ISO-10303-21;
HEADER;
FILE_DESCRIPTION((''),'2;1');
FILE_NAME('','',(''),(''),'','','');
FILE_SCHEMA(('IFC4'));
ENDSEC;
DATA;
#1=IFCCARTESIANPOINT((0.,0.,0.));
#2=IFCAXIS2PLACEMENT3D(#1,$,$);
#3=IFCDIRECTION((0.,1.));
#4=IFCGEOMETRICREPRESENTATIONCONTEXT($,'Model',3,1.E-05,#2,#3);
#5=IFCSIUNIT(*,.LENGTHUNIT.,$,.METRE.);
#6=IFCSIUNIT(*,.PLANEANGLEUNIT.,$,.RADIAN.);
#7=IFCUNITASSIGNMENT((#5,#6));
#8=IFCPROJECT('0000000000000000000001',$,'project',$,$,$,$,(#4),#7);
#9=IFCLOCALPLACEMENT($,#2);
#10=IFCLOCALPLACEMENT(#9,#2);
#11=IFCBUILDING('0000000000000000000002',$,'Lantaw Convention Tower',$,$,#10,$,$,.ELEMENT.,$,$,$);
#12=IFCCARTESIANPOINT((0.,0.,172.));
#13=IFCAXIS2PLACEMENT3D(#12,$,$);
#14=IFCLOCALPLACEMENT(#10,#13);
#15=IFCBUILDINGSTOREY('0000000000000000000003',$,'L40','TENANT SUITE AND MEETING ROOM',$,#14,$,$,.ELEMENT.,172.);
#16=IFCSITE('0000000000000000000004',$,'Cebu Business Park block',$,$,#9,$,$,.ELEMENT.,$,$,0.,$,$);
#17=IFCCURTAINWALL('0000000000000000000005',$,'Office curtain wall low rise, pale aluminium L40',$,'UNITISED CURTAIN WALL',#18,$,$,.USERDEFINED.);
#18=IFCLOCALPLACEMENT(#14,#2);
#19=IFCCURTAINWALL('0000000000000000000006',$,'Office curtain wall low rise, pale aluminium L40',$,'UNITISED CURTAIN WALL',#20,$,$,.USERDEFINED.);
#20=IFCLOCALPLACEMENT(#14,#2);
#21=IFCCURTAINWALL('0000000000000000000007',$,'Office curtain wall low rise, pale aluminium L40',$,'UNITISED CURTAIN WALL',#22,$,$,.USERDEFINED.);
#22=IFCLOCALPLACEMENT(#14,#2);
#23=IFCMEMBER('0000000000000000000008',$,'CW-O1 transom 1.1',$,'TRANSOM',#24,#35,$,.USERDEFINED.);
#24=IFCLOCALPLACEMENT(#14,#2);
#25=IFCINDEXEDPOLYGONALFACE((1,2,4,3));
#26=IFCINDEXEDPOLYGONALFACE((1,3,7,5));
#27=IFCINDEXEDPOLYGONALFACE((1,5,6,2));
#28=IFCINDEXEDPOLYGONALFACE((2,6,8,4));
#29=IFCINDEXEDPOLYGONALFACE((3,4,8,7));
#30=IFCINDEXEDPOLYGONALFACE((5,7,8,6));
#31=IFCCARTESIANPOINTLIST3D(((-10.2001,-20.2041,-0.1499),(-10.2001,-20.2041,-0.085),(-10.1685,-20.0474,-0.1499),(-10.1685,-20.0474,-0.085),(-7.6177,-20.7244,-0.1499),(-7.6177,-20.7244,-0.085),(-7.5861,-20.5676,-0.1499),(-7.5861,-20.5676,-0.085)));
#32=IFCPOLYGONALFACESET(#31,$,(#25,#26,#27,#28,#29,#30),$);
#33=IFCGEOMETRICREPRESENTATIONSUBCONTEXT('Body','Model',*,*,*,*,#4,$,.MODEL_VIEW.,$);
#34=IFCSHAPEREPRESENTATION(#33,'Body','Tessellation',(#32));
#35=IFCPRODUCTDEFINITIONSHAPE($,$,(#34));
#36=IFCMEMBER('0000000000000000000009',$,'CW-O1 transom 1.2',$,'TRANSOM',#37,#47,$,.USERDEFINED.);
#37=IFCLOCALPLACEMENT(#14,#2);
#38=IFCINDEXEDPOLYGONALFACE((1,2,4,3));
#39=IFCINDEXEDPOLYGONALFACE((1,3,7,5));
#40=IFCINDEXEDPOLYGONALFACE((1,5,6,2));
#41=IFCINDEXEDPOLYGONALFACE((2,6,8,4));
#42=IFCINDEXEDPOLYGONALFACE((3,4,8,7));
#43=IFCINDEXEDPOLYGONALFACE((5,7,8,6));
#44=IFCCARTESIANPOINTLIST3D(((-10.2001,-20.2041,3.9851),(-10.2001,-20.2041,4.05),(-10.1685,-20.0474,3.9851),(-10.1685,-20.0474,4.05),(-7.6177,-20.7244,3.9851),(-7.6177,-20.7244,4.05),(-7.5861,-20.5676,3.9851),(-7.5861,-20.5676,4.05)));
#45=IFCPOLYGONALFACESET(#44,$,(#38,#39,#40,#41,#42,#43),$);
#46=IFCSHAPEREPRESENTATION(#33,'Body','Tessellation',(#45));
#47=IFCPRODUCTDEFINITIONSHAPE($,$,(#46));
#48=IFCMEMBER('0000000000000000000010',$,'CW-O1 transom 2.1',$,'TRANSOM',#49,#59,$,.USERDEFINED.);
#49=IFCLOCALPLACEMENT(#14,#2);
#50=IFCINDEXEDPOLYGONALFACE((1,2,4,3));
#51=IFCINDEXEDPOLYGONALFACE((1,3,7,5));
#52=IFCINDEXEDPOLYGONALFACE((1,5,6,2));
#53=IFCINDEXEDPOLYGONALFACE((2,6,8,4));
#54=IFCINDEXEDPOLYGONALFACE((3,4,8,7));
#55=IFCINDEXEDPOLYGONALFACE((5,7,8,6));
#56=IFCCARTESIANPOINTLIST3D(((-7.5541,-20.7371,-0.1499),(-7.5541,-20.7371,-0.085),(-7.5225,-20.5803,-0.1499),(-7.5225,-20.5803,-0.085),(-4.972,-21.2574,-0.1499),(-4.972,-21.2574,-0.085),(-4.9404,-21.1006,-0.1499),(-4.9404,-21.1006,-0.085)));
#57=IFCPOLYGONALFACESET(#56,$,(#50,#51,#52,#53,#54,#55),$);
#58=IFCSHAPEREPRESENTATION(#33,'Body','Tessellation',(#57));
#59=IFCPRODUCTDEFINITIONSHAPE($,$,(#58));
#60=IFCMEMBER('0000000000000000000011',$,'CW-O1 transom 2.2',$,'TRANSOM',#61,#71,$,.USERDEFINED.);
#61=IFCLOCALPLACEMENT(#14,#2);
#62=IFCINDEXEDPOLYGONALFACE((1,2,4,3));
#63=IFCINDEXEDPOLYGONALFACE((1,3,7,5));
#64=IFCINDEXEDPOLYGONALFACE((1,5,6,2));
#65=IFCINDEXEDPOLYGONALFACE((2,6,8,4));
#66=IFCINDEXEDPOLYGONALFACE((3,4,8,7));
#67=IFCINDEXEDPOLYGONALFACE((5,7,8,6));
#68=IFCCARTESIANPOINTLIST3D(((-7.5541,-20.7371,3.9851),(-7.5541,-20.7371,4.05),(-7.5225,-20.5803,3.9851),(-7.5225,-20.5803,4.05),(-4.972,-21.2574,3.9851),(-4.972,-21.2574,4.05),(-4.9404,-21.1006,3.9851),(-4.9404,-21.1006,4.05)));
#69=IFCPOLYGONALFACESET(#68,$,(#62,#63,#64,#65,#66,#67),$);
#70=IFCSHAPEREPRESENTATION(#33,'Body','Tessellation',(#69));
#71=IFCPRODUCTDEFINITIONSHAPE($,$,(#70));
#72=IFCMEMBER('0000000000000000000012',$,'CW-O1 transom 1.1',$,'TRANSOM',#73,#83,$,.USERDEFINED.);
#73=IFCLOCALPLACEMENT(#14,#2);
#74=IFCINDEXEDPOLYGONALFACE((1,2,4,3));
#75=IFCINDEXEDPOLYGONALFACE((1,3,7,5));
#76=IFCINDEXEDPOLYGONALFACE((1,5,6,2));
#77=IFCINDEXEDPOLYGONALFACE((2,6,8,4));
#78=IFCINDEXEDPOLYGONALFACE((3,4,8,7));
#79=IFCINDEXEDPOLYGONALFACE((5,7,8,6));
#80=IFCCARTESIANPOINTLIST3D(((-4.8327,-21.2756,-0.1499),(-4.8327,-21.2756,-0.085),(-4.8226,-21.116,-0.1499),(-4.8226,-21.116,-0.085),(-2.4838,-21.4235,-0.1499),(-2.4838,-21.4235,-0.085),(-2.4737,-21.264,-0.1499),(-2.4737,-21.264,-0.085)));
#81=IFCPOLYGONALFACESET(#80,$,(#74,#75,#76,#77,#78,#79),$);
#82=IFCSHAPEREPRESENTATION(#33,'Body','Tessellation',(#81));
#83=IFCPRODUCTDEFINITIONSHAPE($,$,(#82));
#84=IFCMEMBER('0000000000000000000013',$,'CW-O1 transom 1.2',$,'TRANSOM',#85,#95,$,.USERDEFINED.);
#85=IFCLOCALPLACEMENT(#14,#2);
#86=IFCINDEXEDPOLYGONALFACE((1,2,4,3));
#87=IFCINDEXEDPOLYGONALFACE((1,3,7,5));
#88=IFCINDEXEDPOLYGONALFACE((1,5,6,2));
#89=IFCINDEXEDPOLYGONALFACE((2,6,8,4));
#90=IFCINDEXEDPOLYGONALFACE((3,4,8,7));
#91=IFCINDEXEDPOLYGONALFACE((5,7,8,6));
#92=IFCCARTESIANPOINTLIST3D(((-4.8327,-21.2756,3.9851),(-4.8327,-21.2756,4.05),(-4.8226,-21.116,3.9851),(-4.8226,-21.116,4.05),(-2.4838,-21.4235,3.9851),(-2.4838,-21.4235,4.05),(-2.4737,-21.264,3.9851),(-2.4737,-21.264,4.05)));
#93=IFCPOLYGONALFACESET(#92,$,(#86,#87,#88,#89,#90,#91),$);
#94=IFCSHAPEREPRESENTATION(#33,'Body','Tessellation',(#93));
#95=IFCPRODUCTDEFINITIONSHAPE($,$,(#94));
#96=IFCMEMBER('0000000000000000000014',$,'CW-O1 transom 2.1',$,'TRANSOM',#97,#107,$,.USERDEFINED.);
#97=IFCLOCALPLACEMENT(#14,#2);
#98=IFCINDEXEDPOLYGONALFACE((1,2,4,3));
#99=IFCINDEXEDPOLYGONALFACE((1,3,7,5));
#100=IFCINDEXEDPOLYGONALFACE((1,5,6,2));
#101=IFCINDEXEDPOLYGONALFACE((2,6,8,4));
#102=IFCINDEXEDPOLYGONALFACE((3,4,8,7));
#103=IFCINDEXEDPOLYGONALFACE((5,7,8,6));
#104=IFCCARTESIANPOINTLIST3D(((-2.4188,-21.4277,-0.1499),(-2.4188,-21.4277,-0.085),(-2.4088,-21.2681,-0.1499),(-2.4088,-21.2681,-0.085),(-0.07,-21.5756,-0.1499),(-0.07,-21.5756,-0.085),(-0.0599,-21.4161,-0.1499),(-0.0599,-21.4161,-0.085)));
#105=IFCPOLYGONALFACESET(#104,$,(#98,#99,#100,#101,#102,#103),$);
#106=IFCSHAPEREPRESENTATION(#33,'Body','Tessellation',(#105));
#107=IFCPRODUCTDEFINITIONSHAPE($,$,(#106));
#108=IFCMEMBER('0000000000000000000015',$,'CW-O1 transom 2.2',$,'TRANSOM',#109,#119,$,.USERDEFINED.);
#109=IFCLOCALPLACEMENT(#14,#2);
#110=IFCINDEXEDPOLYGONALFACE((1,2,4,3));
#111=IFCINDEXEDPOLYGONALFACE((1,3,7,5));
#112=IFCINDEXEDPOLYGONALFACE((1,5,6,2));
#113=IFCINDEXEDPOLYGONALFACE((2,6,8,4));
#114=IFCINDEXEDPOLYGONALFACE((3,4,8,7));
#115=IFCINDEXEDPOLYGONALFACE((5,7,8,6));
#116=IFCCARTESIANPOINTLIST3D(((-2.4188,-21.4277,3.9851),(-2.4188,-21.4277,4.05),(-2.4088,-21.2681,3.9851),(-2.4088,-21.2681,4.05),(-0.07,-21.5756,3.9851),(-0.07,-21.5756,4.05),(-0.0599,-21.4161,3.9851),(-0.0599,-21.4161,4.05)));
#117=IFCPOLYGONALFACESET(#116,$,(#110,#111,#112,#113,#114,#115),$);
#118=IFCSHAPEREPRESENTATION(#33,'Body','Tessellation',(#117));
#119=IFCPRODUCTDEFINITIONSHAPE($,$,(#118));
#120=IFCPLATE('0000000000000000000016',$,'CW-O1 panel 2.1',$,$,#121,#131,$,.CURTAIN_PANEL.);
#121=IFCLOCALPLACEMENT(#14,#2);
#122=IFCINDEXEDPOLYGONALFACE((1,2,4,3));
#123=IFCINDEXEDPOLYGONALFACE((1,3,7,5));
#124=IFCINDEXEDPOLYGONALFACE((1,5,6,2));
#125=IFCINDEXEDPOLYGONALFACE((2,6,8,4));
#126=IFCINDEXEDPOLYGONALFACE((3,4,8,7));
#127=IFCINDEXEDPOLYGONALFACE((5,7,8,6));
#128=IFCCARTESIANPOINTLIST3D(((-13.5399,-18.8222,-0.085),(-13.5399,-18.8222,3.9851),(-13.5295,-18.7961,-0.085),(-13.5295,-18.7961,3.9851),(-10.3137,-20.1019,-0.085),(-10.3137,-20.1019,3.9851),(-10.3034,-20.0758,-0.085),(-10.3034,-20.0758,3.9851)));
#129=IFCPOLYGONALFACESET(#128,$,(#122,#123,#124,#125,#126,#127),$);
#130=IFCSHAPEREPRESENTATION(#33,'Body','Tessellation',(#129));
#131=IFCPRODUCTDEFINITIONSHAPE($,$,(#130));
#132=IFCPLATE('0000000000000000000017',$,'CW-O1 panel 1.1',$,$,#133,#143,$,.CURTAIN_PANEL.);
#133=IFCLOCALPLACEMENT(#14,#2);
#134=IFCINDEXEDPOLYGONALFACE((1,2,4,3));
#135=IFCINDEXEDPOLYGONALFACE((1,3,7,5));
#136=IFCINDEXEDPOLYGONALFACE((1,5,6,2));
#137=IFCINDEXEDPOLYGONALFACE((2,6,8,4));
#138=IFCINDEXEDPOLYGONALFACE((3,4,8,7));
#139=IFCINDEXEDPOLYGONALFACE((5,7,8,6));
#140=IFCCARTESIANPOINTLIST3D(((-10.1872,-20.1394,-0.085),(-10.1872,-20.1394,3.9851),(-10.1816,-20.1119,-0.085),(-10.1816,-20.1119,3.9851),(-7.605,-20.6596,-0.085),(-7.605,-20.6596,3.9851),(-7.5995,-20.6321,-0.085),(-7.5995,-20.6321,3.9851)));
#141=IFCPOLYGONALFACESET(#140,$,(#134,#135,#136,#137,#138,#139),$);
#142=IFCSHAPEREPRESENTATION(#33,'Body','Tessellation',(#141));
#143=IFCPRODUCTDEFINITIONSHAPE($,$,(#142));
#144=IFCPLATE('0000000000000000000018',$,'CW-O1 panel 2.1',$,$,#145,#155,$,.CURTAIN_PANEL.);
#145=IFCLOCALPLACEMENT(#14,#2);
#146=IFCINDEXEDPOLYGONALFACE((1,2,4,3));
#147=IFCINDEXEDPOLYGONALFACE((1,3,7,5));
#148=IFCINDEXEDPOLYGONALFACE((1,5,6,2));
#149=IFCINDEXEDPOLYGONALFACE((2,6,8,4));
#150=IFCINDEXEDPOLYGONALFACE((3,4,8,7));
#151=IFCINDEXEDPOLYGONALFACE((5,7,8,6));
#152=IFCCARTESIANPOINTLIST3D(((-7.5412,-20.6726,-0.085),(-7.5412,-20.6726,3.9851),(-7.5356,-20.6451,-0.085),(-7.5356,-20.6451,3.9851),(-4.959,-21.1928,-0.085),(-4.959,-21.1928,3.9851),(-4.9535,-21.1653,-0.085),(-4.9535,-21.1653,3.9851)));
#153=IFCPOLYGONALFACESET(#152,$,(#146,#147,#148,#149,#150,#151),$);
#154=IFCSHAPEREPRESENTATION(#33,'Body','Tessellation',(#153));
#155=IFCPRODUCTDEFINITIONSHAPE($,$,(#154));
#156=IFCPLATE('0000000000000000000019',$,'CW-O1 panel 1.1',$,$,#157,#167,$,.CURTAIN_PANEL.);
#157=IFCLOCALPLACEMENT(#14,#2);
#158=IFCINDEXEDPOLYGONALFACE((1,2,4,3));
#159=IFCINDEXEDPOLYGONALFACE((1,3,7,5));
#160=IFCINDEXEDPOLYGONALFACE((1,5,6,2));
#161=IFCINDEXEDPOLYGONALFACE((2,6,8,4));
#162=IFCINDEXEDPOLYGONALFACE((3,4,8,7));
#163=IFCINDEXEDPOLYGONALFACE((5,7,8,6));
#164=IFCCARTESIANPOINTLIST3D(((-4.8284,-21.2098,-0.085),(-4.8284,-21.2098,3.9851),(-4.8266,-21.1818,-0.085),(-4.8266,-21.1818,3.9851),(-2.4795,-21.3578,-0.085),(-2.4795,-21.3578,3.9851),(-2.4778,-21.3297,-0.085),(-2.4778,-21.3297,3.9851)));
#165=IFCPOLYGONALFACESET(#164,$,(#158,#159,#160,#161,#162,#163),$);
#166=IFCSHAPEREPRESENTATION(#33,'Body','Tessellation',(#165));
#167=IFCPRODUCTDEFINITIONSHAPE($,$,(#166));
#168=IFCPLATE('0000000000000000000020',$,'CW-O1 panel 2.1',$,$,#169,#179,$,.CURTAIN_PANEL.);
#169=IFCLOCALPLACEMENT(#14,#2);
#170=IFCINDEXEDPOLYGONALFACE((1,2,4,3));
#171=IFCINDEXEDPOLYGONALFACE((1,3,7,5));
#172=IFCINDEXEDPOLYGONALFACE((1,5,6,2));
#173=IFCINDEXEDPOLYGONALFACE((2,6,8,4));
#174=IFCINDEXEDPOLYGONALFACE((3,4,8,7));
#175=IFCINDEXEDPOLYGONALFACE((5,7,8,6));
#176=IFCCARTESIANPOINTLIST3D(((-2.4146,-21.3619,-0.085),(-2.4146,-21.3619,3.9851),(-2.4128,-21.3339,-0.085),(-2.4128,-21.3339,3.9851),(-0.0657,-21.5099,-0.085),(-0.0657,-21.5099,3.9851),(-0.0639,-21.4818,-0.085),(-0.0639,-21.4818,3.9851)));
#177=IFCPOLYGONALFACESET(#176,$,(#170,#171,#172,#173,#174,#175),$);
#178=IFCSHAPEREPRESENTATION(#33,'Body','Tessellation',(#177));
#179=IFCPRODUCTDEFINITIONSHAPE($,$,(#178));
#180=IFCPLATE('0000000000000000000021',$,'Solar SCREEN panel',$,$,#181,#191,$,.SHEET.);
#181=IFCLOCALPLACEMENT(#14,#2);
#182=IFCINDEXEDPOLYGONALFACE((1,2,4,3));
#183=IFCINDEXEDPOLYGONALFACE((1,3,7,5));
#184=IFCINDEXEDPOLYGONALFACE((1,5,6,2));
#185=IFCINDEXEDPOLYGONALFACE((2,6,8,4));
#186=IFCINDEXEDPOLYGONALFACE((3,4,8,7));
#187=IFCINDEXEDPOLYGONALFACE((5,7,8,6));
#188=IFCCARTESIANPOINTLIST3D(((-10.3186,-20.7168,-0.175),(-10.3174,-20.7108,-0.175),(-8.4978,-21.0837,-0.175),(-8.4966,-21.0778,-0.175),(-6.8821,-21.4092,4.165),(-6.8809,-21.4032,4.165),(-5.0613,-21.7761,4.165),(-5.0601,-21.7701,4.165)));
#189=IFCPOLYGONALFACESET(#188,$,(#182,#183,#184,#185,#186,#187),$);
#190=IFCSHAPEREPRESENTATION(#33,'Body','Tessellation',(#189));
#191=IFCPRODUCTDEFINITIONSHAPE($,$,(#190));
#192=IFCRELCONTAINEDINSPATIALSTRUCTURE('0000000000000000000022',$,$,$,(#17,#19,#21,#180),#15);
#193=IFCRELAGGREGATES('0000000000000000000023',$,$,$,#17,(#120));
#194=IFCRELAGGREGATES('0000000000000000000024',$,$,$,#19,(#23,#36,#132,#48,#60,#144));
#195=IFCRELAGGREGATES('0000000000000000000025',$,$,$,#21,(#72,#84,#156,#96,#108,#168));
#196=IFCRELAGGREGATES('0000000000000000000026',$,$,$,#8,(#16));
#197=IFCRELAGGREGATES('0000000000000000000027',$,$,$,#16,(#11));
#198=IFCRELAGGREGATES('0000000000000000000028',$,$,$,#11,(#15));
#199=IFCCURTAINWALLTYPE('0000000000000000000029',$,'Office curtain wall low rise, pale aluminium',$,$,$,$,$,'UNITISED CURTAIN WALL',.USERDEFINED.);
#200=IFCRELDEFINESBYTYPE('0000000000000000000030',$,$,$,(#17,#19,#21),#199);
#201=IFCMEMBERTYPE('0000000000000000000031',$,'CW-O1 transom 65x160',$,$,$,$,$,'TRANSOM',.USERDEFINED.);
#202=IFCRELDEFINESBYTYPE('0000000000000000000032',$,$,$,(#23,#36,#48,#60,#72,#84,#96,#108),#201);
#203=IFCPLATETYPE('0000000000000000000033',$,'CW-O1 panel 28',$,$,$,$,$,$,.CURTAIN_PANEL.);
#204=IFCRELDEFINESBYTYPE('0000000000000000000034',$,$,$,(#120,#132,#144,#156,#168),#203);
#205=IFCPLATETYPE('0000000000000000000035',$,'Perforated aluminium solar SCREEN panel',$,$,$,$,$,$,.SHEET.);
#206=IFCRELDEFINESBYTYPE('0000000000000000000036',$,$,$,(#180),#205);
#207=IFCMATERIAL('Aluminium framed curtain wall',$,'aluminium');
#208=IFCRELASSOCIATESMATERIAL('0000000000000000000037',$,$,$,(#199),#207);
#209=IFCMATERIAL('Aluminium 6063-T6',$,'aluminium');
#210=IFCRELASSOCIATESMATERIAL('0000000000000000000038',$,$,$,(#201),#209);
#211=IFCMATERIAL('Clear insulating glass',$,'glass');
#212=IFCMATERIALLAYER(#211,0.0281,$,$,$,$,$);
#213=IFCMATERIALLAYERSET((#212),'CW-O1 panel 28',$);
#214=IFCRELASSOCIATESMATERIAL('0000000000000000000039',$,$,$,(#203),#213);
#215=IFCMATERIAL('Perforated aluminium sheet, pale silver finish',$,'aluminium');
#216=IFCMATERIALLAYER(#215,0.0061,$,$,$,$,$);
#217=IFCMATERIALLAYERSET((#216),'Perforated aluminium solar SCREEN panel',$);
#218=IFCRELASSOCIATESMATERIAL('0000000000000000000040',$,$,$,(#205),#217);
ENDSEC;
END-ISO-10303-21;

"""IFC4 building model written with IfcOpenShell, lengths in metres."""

from ifc_helpers import new_model, si_unit, direction, frame, origin, origin_2d, place, context, subcontext, project, spatial, polyline, rectangle, outline, extrude, material, layer, layer_set, material_profile, profile_set, type_object, element, aggregate, save


model = new_model("IFC4")

# Units and contexts
model_context = context("Model", 3, precision=1e-05, world=origin(), true_north=direction((0.0, 1.0)))
body_context = subcontext(model_context, "Body", "Model", "MODEL_VIEW")
ifc_project = project(units=[si_unit("LENGTHUNIT", "METRE"), si_unit("PLANEANGLEUNIT", "RADIAN")], contexts=[model_context])

# Site, building, storey
site_placement = place(None, origin())
site = spatial("IfcSite", under=ifc_project, at=site_placement, Name="Cebu Business Park block", CompositionType="ELEMENT", RefElevation=0.0)
building_placement = place(site_placement, origin())
building = spatial("IfcBuilding", under=site, at=building_placement, Name="Lantaw Convention Tower", CompositionType="ELEMENT")
storey_placement = place(building_placement, frame((0.0, 0.0, 172.0)))
storey = spatial("IfcBuildingStorey", under=building, at=storey_placement, Name="L40", Description="TENANT SUITE AND MEETING ROOM", CompositionType="ELEMENT", Elevation=172.0)

# Curtain wall
ifc_material_1 = material(Name="Aluminium framed curtain wall", Category="aluminium")
curtain_wall_type = type_object("IfcCurtainWallType", Name="Office curtain wall low rise, pale aluminium", ElementType="UNITISED CURTAIN WALL", PredefinedType="USERDEFINED", material=ifc_material_1)
curtain_wall_1_placement = place(storey_placement, origin())
curtain_wall_1 = element("IfcCurtainWall", 1, at=curtain_wall_1_placement, inside=storey, type_object=curtain_wall_type, Name="Office curtain wall low rise, pale aluminium L40", ObjectType="UNITISED CURTAIN WALL", PredefinedType="USERDEFINED")
ifc_material_2 = material(Name="Aluminium 6063-T6", Category="aluminium")

# Curtain walls
curtain_wall_2_placement = place(storey_placement, origin())
curtain_wall_2 = element("IfcCurtainWall", 2, at=curtain_wall_2_placement, inside=storey, type_object=curtain_wall_type, Name="Office curtain wall low rise, pale aluminium L40", ObjectType="UNITISED CURTAIN WALL", PredefinedType="USERDEFINED")
curtain_wall_3_placement = place(storey_placement, origin())
curtain_wall_3 = element("IfcCurtainWall", 3, at=curtain_wall_3_placement, inside=storey, type_object=curtain_wall_type, Name="Office curtain wall low rise, pale aluminium L40", ObjectType="UNITISED CURTAIN WALL", PredefinedType="USERDEFINED")

# Members
ifc_material_profile_1 = material_profile(ifc_material_2, rectangle(XDim=0.1599, YDim=0.0649, at=origin_2d()), Name="CW-O1 transom 65x160")
ifc_profile_set_1 = profile_set([ifc_material_profile_1], Name="Aluminium 6063-T6")
member_type_1 = type_object("IfcMemberType", Name="CW-O1 transom 65x160", ElementType="TRANSOM", PredefinedType="USERDEFINED", material=ifc_profile_set_1)
member_1_placement = place(storey_placement, frame((-10.1843, -20.1257, -0.1174), z_axis=(0.980302, -0.197506, 0.0), x_axis=(0.197506, 0.980302, 0.0)))
member_1 = element("IfcMember", 4, at=member_1_placement, type_object=member_type_1, Name="CW-O1 transom 1.1", ObjectType="TRANSOM", PredefinedType="USERDEFINED", context=body_context, shape_type="SweptSolid", body=[
    extrude(rectangle(XDim=0.1599, YDim=0.0649, at=origin_2d()), origin(), (0.0, 0.0, 1.0), 2.6343),
])
member_2_placement = place(storey_placement, frame((-10.1843, -20.1257, 4.0176), z_axis=(0.980302, -0.197506, 0.0), x_axis=(0.197506, 0.980302, 0.0)))
member_2 = element("IfcMember", 5, at=member_2_placement, type_object=member_type_1, Name="CW-O1 transom 1.2", ObjectType="TRANSOM", PredefinedType="USERDEFINED", context=body_context, shape_type="SweptSolid", body=[
    extrude(rectangle(XDim=0.1599, YDim=0.0649, at=origin_2d()), origin(), (0.0, 0.0, 1.0), 2.6343),
])
member_3_placement = place(storey_placement, frame((-7.5383, -20.6587, -0.1174), z_axis=(0.980298, -0.197524, 0.0), x_axis=(0.197524, 0.980298, 0.0)))
member_3 = element("IfcMember", 6, at=member_3_placement, type_object=member_type_1, Name="CW-O1 transom 2.1", ObjectType="TRANSOM", PredefinedType="USERDEFINED", context=body_context, shape_type="SweptSolid", body=[
    extrude(rectangle(XDim=0.1599, YDim=0.0649, at=origin_2d()), origin(), (0.0, 0.0, 1.0), 2.634),
])
member_4_placement = place(storey_placement, frame((-7.5383, -20.6587, 4.0176), z_axis=(0.980298, -0.197524, 0.0), x_axis=(0.197524, 0.980298, 0.0)))
member_4 = element("IfcMember", 7, at=member_4_placement, type_object=member_type_1, Name="CW-O1 transom 2.2", ObjectType="TRANSOM", PredefinedType="USERDEFINED", context=body_context, shape_type="SweptSolid", body=[
    extrude(rectangle(XDim=0.1599, YDim=0.0649, at=origin_2d()), origin(), (0.0, 0.0, 1.0), 2.634),
])
member_5_placement = place(storey_placement, frame((-4.8276, -21.1958, -0.1174), z_axis=(0.998022, -0.062863, 0.0), x_axis=(0.062863, 0.998022, 0.0)))
member_5 = element("IfcMember", 8, at=member_5_placement, type_object=member_type_1, Name="CW-O1 transom 1.1", ObjectType="TRANSOM", PredefinedType="USERDEFINED", context=body_context, shape_type="SweptSolid", body=[
    extrude(rectangle(XDim=0.1599, YDim=0.0649, at=origin_2d()), origin(), (0.0, 0.0, 1.0), 2.3535),
])
member_6_placement = place(storey_placement, frame((-4.8276, -21.1958, 4.0176), z_axis=(0.998022, -0.062863, 0.0), x_axis=(0.062863, 0.998022, 0.0)))
member_6 = element("IfcMember", 9, at=member_6_placement, type_object=member_type_1, Name="CW-O1 transom 1.2", ObjectType="TRANSOM", PredefinedType="USERDEFINED", context=body_context, shape_type="SweptSolid", body=[
    extrude(rectangle(XDim=0.1599, YDim=0.0649, at=origin_2d()), origin(), (0.0, 0.0, 1.0), 2.3535),
])
member_7_placement = place(storey_placement, frame((-2.4138, -21.3479, -0.1174), z_axis=(0.998022, -0.062863, 0.0), x_axis=(0.062863, 0.998022, 0.0)))
member_7 = element("IfcMember", 10, at=member_7_placement, type_object=member_type_1, Name="CW-O1 transom 2.1", ObjectType="TRANSOM", PredefinedType="USERDEFINED", context=body_context, shape_type="SweptSolid", body=[
    extrude(rectangle(XDim=0.1599, YDim=0.0649, at=origin_2d()), origin(), (0.0, 0.0, 1.0), 2.3535),
])
member_8_placement = place(storey_placement, frame((-2.4138, -21.3479, 4.0176), z_axis=(0.998022, -0.062863, 0.0), x_axis=(0.062863, 0.998022, 0.0)))
member_8 = element("IfcMember", 11, at=member_8_placement, type_object=member_type_1, Name="CW-O1 transom 2.2", ObjectType="TRANSOM", PredefinedType="USERDEFINED", context=body_context, shape_type="SweptSolid", body=[
    extrude(rectangle(XDim=0.1599, YDim=0.0649, at=origin_2d()), origin(), (0.0, 0.0, 1.0), 2.3535),
])

# Plates
ifc_material_3 = material(Name="Clear insulating glass", Category="glass")
ifc_layer_1 = layer(ifc_material_3, 0.0281)
ifc_layer_set_1 = layer_set([ifc_layer_1], Name="CW-O1 panel 28")
plate_type_1 = type_object("IfcPlateType", Name="CW-O1 panel 28", PredefinedType="CURTAIN_PANEL", material=ifc_layer_set_1)
plate_1_placement = place(storey_placement, frame((-11.9216, -19.449, -0.085), z_axis=(0.0, 0.0, 1.0), x_axis=(0.929548, -0.368702, 0.0)))
plate_1 = element("IfcPlate", 12, at=plate_1_placement, type_object=plate_type_1, Name="CW-O1 panel 2.1", PredefinedType="CURTAIN_PANEL", context=body_context, shape_type="SweptSolid", body=[
    extrude(rectangle(XDim=3.4707, YDim=0.0281, at=origin_2d()), origin(), (0.0, 0.0, 1.0), 4.0701),
])
aggregate(curtain_wall_1, [plate_1])
plate_2_placement = place(storey_placement, frame((-8.8933, -20.3857, -0.085), z_axis=(0.0, 0.0, 1.0), x_axis=(0.980302, -0.197507, 0.0)))
plate_2 = element("IfcPlate", 13, at=plate_2_placement, type_object=plate_type_1, Name="CW-O1 panel 1.1", PredefinedType="CURTAIN_PANEL", context=body_context, shape_type="SweptSolid", body=[
    extrude(rectangle(XDim=2.634, YDim=0.0281, at=origin_2d()), origin(), (0.0, 0.0, 1.0), 4.0701),
])
plate_3_placement = place(storey_placement, frame((-6.2473, -20.9189, -0.085), z_axis=(0.0, 0.0, 1.0), x_axis=(0.980302, -0.197507, 0.0)))
plate_3 = element("IfcPlate", 14, at=plate_3_placement, type_object=plate_type_1, Name="CW-O1 panel 2.1", PredefinedType="CURTAIN_PANEL", context=body_context, shape_type="SweptSolid", body=[
    extrude(rectangle(XDim=2.634, YDim=0.0281, at=origin_2d()), origin(), (0.0, 0.0, 1.0), 4.0701),
])
aggregate(curtain_wall_2, [member_1, member_2, plate_2, member_3, member_4, plate_3])
plate_4_placement = place(storey_placement, frame((-3.6531, -21.2698, -0.085), z_axis=(0.0, 0.0, 1.0), x_axis=(0.998022, -0.062865, 0.0)))
plate_4 = element("IfcPlate", 15, at=plate_4_placement, type_object=plate_type_1, Name="CW-O1 panel 1.1", PredefinedType="CURTAIN_PANEL", context=body_context, shape_type="SweptSolid", body=[
    extrude(rectangle(XDim=2.3535, YDim=0.0281, at=origin_2d()), origin(), (0.0, 0.0, 1.0), 4.0701),
])
plate_5_placement = place(storey_placement, frame((-1.2393, -21.4219, -0.085), z_axis=(0.0, 0.0, 1.0), x_axis=(0.998022, -0.062865, 0.0)))
plate_5 = element("IfcPlate", 16, at=plate_5_placement, type_object=plate_type_1, Name="CW-O1 panel 2.1", PredefinedType="CURTAIN_PANEL", context=body_context, shape_type="SweptSolid", body=[
    extrude(rectangle(XDim=2.3535, YDim=0.0281, at=origin_2d()), origin(), (0.0, 0.0, 1.0), 4.0701),
])
aggregate(curtain_wall_3, [member_5, member_6, plate_4, member_7, member_8, plate_5])

# Plate
ifc_material_4 = material(Name="Perforated aluminium sheet, pale silver finish", Category="aluminium")
ifc_layer_2 = layer(ifc_material_4, 0.0061)
ifc_layer_set_2 = layer_set([ifc_layer_2], Name="Perforated aluminium solar SCREEN panel")
plate_type_2 = type_object("IfcPlateType", Name="Perforated aluminium solar SCREEN panel", PredefinedType="SHEET", material=ifc_layer_set_2)
plate_6_placement = place(storey_placement, frame((-10.3186, -20.7168, -0.175), z_axis=(-0.197557, -0.980291, 0.000039), x_axis=(0.980291, -0.197557, 0.0)))
element("IfcPlate", 17, at=plate_6_placement, inside=storey, type_object=plate_type_2, Name="Solar SCREEN panel", PredefinedType="SHEET", context=body_context, shape_type="SweptSolid", body=[
    extrude(outline(polyline([(0.0, 0.0), (1.8574, 0.0), (5.363, 4.3401), (3.5056, 4.3401), (0.0, 0.0)])), origin(), (0.0, 0.0, -1.0), 0.0061),
])

save(model, "model.ifc")
